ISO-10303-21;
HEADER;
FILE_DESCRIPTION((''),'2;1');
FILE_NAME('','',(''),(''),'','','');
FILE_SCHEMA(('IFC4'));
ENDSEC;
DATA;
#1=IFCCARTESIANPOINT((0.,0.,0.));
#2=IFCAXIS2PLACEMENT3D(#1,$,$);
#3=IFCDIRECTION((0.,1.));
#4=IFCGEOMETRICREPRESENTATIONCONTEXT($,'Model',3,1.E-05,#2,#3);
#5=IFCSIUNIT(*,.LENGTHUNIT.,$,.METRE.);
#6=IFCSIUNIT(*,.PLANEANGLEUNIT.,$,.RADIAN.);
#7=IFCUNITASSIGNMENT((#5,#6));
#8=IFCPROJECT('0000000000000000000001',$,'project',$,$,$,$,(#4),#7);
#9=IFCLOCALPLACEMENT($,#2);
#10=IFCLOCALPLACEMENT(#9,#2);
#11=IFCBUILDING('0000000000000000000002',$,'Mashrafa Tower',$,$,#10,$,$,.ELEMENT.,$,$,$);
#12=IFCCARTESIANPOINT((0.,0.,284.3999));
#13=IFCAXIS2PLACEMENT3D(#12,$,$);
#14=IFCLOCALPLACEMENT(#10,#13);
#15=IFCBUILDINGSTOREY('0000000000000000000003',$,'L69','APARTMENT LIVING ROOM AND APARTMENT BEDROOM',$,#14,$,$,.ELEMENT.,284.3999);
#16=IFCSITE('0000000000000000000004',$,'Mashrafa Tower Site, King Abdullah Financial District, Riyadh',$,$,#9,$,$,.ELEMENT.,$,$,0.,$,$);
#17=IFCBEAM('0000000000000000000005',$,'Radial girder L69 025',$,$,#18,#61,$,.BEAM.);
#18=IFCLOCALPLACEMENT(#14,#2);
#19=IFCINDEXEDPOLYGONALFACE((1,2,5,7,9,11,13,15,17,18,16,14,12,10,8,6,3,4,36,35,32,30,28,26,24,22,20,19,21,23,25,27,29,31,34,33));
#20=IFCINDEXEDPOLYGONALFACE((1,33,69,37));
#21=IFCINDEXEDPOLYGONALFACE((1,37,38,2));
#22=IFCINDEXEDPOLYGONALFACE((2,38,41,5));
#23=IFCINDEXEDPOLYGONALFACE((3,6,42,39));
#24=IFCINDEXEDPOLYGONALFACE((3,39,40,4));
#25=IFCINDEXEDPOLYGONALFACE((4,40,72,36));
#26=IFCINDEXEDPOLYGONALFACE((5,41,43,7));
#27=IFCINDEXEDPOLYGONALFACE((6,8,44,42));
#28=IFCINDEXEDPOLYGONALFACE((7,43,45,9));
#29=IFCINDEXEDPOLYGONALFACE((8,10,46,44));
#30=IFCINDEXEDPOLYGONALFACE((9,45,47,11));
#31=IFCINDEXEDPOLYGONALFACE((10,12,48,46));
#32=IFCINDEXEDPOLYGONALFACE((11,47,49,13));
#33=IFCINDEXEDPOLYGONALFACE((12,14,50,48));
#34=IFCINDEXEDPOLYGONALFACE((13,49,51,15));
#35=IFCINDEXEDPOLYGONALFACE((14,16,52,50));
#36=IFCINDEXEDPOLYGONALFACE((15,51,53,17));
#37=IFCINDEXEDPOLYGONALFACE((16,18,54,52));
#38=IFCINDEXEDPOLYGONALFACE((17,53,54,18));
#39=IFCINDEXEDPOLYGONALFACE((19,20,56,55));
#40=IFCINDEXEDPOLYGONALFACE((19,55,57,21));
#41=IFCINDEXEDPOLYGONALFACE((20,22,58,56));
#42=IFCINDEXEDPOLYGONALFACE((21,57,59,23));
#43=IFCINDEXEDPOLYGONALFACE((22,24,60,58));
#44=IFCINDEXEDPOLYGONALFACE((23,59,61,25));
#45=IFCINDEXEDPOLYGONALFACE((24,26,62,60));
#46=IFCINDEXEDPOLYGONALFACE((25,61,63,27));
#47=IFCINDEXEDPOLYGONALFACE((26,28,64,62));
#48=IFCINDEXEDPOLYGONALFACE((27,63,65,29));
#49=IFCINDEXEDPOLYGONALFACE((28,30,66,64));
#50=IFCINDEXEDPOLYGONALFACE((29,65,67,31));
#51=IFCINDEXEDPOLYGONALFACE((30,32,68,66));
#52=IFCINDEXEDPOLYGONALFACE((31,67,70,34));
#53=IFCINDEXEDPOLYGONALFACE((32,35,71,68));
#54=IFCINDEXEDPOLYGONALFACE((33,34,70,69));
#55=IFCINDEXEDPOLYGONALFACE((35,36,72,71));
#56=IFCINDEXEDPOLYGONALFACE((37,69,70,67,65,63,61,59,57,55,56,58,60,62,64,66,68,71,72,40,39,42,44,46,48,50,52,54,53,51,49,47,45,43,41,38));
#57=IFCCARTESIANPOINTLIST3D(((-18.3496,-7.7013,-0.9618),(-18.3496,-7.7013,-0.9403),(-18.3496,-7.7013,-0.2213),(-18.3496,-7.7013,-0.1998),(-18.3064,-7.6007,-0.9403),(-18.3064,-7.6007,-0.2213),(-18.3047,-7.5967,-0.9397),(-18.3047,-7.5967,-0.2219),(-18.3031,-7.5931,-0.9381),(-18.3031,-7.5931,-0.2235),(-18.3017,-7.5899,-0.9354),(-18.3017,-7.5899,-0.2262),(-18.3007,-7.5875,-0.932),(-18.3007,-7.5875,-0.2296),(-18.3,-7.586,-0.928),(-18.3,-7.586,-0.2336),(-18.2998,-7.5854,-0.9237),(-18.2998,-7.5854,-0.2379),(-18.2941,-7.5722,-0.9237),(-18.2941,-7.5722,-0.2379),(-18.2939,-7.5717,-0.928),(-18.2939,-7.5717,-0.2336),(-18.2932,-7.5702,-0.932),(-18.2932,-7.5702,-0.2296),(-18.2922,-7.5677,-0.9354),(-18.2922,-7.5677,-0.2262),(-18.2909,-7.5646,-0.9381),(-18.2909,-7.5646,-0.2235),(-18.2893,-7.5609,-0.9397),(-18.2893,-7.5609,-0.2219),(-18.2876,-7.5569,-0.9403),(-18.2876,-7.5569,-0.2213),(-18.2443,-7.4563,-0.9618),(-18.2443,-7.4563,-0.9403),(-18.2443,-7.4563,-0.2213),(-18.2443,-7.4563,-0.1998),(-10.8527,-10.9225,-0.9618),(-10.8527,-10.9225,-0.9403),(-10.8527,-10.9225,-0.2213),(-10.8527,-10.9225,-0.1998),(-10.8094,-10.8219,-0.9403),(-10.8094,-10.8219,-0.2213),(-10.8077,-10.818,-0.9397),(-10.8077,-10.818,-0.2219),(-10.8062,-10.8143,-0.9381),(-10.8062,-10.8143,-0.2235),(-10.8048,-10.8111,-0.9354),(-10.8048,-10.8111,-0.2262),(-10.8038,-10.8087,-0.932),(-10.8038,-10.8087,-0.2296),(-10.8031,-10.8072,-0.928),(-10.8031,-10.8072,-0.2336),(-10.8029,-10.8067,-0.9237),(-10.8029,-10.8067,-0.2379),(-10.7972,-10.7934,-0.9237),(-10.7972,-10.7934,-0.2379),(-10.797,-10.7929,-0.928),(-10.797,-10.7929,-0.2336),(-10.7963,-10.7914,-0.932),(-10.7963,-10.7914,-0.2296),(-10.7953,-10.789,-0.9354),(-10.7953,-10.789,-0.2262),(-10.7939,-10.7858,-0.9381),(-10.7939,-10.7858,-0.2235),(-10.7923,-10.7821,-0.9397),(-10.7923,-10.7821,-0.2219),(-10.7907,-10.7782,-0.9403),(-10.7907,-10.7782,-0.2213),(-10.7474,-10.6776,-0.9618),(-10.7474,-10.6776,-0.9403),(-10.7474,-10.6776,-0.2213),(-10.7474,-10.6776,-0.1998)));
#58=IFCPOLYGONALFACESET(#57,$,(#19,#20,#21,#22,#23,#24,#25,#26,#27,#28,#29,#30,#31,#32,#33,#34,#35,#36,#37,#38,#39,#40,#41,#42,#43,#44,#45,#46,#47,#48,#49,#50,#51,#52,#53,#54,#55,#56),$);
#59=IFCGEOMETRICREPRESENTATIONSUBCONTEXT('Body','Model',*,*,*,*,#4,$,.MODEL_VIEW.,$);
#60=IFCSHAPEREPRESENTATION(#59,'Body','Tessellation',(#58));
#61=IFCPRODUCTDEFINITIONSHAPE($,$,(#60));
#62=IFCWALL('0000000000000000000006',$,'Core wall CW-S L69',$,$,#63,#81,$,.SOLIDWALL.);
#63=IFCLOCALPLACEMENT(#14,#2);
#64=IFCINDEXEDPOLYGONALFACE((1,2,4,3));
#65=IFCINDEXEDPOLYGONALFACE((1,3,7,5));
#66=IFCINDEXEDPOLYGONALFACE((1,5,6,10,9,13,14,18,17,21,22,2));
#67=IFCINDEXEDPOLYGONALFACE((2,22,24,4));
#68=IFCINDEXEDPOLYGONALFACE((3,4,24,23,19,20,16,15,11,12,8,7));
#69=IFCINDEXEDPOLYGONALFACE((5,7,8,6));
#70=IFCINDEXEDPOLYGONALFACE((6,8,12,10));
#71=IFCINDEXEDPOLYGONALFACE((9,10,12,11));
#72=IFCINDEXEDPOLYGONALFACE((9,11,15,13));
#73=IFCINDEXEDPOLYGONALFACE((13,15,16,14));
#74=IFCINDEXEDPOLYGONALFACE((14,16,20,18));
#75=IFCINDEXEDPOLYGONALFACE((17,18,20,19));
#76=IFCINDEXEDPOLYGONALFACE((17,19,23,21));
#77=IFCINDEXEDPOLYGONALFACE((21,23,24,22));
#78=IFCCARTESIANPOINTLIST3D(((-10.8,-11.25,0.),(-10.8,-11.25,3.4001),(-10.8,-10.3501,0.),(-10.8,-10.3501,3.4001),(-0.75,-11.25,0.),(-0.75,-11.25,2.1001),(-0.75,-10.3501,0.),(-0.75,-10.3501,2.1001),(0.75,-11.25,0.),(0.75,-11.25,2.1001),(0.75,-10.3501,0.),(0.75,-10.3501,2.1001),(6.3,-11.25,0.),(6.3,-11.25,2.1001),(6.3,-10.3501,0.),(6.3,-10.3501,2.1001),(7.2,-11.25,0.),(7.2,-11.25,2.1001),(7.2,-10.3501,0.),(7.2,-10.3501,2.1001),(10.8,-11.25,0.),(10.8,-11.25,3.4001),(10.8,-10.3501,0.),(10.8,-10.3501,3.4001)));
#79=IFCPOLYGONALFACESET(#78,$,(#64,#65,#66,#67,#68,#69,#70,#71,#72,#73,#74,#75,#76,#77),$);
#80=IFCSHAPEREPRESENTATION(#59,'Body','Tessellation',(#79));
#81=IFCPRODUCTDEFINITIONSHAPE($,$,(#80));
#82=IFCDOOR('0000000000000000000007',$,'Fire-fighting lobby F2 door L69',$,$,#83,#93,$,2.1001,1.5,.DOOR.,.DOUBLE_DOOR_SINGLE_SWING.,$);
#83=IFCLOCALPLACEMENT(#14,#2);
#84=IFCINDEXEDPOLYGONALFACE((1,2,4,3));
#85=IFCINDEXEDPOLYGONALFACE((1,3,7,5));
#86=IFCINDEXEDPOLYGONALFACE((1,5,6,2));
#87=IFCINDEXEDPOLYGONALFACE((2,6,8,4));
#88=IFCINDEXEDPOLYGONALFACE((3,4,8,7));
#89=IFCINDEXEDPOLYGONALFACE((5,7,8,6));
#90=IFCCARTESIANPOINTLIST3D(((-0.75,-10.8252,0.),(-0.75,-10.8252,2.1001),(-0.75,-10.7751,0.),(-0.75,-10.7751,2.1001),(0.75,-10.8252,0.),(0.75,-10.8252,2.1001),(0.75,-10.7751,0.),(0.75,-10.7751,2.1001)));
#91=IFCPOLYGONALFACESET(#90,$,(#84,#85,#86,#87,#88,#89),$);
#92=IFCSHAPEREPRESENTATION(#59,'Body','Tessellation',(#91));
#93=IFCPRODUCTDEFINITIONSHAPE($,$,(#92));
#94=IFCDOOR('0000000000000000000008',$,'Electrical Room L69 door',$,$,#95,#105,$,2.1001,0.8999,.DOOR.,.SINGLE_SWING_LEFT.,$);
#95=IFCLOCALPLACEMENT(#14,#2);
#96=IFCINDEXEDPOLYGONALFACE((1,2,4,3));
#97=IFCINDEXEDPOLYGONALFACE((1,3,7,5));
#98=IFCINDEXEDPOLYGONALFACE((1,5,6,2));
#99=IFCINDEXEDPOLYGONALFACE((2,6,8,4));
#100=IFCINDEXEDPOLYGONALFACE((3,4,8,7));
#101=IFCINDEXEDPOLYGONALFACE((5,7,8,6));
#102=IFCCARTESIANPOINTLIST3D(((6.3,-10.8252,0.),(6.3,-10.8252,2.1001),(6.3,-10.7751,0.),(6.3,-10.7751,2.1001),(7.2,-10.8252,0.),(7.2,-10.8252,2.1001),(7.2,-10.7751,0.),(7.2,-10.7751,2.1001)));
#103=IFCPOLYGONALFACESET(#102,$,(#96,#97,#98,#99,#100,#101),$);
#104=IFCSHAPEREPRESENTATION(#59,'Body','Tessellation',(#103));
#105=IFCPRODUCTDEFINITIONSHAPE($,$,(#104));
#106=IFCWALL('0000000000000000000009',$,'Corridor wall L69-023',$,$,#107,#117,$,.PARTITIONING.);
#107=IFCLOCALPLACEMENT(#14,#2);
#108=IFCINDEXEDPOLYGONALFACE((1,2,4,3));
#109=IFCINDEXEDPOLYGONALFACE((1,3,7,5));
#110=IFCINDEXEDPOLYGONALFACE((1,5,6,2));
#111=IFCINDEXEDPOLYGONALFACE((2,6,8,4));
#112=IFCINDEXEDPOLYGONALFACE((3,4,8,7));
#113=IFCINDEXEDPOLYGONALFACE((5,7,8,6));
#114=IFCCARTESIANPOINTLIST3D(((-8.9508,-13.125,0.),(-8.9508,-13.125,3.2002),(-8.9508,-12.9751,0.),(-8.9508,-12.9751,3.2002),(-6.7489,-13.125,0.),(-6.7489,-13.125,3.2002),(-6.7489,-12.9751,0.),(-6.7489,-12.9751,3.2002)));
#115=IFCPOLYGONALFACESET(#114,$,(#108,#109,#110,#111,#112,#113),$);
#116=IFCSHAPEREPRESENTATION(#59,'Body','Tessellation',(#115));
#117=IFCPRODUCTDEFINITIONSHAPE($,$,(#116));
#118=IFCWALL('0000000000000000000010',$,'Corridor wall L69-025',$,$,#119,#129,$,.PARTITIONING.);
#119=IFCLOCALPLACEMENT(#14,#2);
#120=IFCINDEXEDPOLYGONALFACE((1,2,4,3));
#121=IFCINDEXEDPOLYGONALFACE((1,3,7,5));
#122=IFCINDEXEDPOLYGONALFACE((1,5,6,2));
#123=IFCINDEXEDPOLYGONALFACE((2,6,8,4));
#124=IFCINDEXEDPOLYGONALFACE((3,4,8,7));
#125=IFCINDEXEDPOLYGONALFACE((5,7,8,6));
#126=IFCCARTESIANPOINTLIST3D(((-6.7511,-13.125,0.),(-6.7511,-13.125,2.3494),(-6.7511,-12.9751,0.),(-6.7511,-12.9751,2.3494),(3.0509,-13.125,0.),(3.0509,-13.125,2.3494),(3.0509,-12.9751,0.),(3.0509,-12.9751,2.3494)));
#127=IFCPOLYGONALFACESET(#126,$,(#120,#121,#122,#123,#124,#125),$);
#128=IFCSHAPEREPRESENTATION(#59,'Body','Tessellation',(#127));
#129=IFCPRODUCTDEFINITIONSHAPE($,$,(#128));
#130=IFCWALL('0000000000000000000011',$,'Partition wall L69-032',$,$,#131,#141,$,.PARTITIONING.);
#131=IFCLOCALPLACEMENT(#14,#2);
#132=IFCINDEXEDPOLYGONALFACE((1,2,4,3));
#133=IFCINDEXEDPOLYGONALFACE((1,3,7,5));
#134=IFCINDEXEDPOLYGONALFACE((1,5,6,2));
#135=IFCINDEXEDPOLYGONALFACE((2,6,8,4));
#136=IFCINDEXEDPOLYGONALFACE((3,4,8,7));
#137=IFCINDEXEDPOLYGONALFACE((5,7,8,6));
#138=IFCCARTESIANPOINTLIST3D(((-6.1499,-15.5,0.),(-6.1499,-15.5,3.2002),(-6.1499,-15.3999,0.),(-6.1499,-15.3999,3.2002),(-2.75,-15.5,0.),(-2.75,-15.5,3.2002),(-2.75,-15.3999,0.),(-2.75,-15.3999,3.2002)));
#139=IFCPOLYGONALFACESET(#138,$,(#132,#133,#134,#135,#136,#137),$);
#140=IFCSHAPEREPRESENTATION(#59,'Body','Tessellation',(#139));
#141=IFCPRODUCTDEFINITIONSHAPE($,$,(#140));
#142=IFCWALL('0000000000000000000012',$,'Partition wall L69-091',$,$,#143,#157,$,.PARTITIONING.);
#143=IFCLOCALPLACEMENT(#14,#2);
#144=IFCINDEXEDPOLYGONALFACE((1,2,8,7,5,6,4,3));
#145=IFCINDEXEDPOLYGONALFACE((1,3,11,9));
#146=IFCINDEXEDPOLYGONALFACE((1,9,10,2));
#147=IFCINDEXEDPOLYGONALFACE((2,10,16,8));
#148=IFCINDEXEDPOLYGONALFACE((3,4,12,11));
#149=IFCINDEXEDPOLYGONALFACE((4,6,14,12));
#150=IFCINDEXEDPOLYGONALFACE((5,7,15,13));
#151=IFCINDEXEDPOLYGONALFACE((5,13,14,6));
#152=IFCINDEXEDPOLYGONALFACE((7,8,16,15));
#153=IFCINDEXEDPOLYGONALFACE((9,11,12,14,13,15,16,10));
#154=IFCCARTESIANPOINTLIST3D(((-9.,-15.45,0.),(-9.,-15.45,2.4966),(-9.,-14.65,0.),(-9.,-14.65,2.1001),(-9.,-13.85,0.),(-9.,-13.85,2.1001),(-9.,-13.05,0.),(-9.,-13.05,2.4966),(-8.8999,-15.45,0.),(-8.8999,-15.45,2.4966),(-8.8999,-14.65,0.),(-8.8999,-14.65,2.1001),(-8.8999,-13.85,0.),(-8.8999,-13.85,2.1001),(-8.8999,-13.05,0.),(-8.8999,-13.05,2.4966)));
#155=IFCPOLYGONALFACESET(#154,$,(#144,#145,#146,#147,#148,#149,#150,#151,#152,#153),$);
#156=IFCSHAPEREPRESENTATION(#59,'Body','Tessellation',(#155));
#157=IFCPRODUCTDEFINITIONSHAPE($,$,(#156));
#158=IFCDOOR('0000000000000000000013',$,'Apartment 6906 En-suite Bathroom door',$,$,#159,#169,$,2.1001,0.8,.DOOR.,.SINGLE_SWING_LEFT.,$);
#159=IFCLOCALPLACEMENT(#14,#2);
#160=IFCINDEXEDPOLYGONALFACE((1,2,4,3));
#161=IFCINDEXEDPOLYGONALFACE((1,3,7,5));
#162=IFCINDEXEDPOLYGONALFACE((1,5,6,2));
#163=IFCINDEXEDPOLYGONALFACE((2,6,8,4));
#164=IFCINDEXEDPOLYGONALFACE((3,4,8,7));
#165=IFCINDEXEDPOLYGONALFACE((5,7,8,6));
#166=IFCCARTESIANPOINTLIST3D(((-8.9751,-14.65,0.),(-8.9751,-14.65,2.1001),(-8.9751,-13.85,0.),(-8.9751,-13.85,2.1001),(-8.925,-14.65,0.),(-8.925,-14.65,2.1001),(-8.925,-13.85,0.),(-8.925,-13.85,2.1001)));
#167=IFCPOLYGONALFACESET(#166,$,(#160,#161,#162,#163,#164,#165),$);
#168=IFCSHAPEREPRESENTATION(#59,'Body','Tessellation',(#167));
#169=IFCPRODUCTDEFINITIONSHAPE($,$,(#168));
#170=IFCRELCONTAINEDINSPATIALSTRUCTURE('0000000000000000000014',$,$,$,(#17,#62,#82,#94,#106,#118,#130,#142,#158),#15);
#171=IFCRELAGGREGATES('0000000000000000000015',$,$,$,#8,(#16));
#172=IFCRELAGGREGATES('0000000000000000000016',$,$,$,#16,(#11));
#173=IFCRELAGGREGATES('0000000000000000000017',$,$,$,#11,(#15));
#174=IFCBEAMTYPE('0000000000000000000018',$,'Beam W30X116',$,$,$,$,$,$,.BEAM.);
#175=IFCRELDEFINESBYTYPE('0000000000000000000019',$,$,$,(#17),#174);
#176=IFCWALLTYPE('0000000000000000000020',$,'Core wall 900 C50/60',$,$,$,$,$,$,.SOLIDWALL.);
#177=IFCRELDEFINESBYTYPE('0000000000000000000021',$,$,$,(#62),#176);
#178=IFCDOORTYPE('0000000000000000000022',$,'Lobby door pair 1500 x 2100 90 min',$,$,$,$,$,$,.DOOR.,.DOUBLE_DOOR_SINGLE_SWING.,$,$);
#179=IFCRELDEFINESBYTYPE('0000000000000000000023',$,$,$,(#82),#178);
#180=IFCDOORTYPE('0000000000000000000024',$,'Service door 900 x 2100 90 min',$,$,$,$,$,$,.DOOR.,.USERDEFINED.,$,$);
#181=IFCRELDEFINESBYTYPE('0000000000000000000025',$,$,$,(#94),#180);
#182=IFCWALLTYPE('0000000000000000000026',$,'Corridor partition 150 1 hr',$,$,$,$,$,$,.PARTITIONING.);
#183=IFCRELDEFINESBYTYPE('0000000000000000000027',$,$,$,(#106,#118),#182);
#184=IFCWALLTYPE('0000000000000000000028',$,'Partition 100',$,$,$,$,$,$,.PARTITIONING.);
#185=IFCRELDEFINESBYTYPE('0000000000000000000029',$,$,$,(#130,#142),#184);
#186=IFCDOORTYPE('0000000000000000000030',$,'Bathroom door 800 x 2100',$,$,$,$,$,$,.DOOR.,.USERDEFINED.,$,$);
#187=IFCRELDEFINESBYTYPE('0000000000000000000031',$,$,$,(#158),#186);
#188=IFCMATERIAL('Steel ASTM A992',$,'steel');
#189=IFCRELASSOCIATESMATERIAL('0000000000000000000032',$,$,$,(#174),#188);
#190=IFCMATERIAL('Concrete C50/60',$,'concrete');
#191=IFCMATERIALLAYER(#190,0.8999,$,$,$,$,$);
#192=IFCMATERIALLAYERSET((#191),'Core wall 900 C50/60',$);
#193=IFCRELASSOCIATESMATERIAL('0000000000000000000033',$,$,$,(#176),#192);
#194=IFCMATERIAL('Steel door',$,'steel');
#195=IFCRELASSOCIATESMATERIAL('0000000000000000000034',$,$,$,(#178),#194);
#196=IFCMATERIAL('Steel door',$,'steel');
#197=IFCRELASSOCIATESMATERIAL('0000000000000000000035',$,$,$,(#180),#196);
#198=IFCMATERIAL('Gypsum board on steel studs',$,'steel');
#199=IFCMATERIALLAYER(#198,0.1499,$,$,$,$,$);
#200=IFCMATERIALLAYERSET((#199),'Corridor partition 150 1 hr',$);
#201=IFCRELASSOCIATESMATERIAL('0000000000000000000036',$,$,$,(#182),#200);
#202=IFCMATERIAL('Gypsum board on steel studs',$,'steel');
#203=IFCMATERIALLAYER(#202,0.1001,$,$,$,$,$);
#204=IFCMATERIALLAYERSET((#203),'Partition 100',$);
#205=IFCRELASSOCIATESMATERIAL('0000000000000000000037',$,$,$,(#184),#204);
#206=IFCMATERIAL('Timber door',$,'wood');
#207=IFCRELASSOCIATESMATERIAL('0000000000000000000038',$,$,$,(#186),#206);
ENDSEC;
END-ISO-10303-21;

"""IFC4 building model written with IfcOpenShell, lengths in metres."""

from ifc_helpers import new_model, si_unit, direction, frame, frame_2d, origin, origin_2d, place, context, subcontext, project, spatial, rectangle, i_section, extrude, material, layer, layer_set, material_profile, profile_set, type_object, element, fill, save


model = new_model("IFC4")

# Units and contexts
model_context = context("Model", 3, precision=1e-05, world=origin(), true_north=direction((0.0, 1.0)))
body_context = subcontext(model_context, "Body", "Model", "MODEL_VIEW")
ifc_project = project(units=[si_unit("LENGTHUNIT", "METRE"), si_unit("PLANEANGLEUNIT", "RADIAN")], contexts=[model_context])

# Site, building, storey
site_placement = place(None, origin())
site = spatial("IfcSite", under=ifc_project, at=site_placement, Name="Mashrafa Tower Site, King Abdullah Financial District, Riyadh", CompositionType="ELEMENT", RefElevation=0.0)
building_placement = place(site_placement, origin())
building = spatial("IfcBuilding", under=site, at=building_placement, Name="Mashrafa Tower", CompositionType="ELEMENT")
storey_placement = place(building_placement, frame((0.0, 0.0, 284.3999)))
storey = spatial("IfcBuildingStorey", under=building, at=storey_placement, Name="L69", Description="APARTMENT LIVING ROOM AND APARTMENT BEDROOM", CompositionType="ELEMENT", Elevation=284.3999)

# Beam
ifc_material_1 = material(Name="Steel ASTM A992", Category="steel")
ifc_material_profile_1 = material_profile(ifc_material_1, i_section(OverallWidth=0.2666, OverallDepth=0.762, WebThickness=0.0144, FlangeThickness=0.0215, FilletRadius=0.0166, at=origin_2d()), Name="W30X116")
ifc_profile_set_1 = profile_set([ifc_material_profile_1], Name="Steel ASTM A992")
beam_type_1 = type_object("IfcBeamType", Name="Beam W30X116", PredefinedType="BEAM", material=ifc_profile_set_1)
beam_1_placement = place(storey_placement, frame((-10.8, -10.8, -0.5808), z_axis=(-0.918778, 0.394775, 0.0), x_axis=(-0.394775, -0.918778, 0.0)))
element("IfcBeam", 1, at=beam_1_placement, inside=storey, type_object=beam_type_1, Name="Radial girder L69 025", PredefinedType="BEAM", context=body_context, shape_type="SweptSolid", body=[
    extrude(i_section(OverallWidth=0.2666, OverallDepth=0.762, WebThickness=0.0144, FlangeThickness=0.0215, FilletRadius=0.0166, at=origin_2d()), origin(), (0.0, 0.0, 1.0), 8.1597),
])

# Wall, openings, doors
ifc_material_2 = material(Name="Concrete C50/60", Category="concrete")
ifc_layer_1 = layer(ifc_material_2, 0.8999)
ifc_layer_set_1 = layer_set([ifc_layer_1], Name="Core wall 900 C50/60")
wall_type_1 = type_object("IfcWallType", Name="Core wall 900 C50/60", PredefinedType="SOLIDWALL", material=ifc_layer_set_1)
wall_1_placement = place(storey_placement, frame((-10.8, -10.8, 0.0), z_axis=(0.0, 0.0, 1.0), x_axis=(1.0, 0.0, 0.0)))
wall_1 = element("IfcWall", 2, at=wall_1_placement, inside=storey, type_object=wall_type_1, Name="Core wall CW-S L69", PredefinedType="SOLIDWALL", context=body_context, shape_type="SweptSolid", body=[
    extrude(rectangle(XDim=21.6001, YDim=0.8999, at=frame_2d((10.8, 0.0))), origin(), (0.0, 0.0, 1.0), 3.4001),
])
opening_1_placement = place(wall_1_placement, frame((10.05, 0.0, 0.0)))
opening_1 = element("IfcOpeningElement", 3, at=opening_1_placement, cuts=wall_1, PredefinedType="OPENING", context=body_context, shape_type="SweptSolid", body=[
    extrude(rectangle(XDim=1.5, YDim=2.1001, at=frame_2d((0.75, 1.05))), frame((0.0, 0.46, 0.0), z_axis=(0.0, -1.0, 0.0), x_axis=(1.0, 0.0, 0.0)), (0.0, 0.0, 1.0), 0.9199),
])
opening_2_placement = place(wall_1_placement, frame((17.1001, 0.0, 0.0)))
opening_2 = element("IfcOpeningElement", 4, at=opening_2_placement, cuts=wall_1, PredefinedType="OPENING", context=body_context, shape_type="SweptSolid", body=[
    extrude(rectangle(XDim=0.8999, YDim=2.1001, at=frame_2d((0.45, 1.05))), frame((0.0, 0.46, 0.0), z_axis=(0.0, -1.0, 0.0), x_axis=(1.0, 0.0, 0.0)), (0.0, 0.0, 1.0), 0.9199),
])
ifc_material_3 = material(Name="Steel door", Category="steel")
door_type_1 = type_object("IfcDoorType", Name="Lobby door pair 1500 x 2100 90 min", OperationType="DOUBLE_DOOR_SINGLE_SWING", PredefinedType="DOOR", material=ifc_material_3)
door_1_placement = place(opening_1_placement, origin())
door_1 = element("IfcDoor", 5, at=door_1_placement, inside=storey, type_object=door_type_1, Name="Fire-fighting lobby F2 door L69", OperationType="DOUBLE_DOOR_SINGLE_SWING", OverallHeight=2.1001, OverallWidth=1.5, PredefinedType="DOOR", context=body_context, shape_type="SweptSolid", body=[
    extrude(rectangle(XDim=1.5, YDim=2.1001, at=frame_2d((0.75, 1.05))), frame((0.0, 0.0249, 0.0), z_axis=(0.0, -1.0, 0.0), x_axis=(1.0, 0.0, 0.0)), (0.0, 0.0, 1.0), 0.05),
])
fill(opening_1, door_1)
ifc_material_4 = material(Name="Steel door", Category="steel")
door_type_2 = type_object("IfcDoorType", Name="Service door 900 x 2100 90 min", OperationType="USERDEFINED", PredefinedType="DOOR", material=ifc_material_4)
door_2_placement = place(opening_2_placement, origin())
door_2 = element("IfcDoor", 6, at=door_2_placement, inside=storey, type_object=door_type_2, Name="Electrical Room L69 door", OperationType="SINGLE_SWING_LEFT", OverallHeight=2.1001, OverallWidth=0.8999, PredefinedType="DOOR", context=body_context, shape_type="SweptSolid", body=[
    extrude(rectangle(XDim=0.8999, YDim=2.1001, at=frame_2d((0.45, 1.05))), frame((0.0, 0.0249, 0.0), z_axis=(0.0, -1.0, 0.0), x_axis=(1.0, 0.0, 0.0)), (0.0, 0.0, 1.0), 0.05),
])
fill(opening_2, door_2)

# Walls
ifc_material_5 = material(Name="Gypsum board on steel studs", Category="steel")
ifc_layer_2 = layer(ifc_material_5, 0.1499)
ifc_layer_set_2 = layer_set([ifc_layer_2], Name="Corridor partition 150 1 hr")
wall_type_2 = type_object("IfcWallType", Name="Corridor partition 150 1 hr", PredefinedType="PARTITIONING", material=ifc_layer_set_2)
wall_2_placement = place(storey_placement, frame((-8.9509, -13.05, 0.0), z_axis=(0.0, 0.0, 1.0), x_axis=(1.0, 0.0, 0.0)))
element("IfcWall", 7, at=wall_2_placement, inside=storey, type_object=wall_type_2, Name="Corridor wall L69-023", PredefinedType="PARTITIONING", context=body_context, shape_type="SweptSolid", body=[
    extrude(rectangle(XDim=2.2019, YDim=0.1499, at=frame_2d((1.1011, 0.0))), origin(), (0.0, 0.0, 1.0), 3.2002),
])
wall_3_placement = place(storey_placement, frame((-6.751, -13.05, 0.0), z_axis=(0.0, 0.0, 1.0), x_axis=(1.0, 0.0, 0.0)))
element("IfcWall", 8, at=wall_3_placement, inside=storey, type_object=wall_type_2, Name="Corridor wall L69-025", PredefinedType="PARTITIONING", context=body_context, shape_type="SweptSolid", body=[
    extrude(rectangle(XDim=9.802, YDim=0.1499, at=frame_2d((4.9009, 0.0))), origin(), (0.0, 0.0, 1.0), 2.3494),
])
ifc_material_6 = material(Name="Gypsum board on steel studs", Category="steel")
ifc_layer_3 = layer(ifc_material_6, 0.1001)
ifc_layer_set_3 = layer_set([ifc_layer_3], Name="Partition 100")
wall_type_3 = type_object("IfcWallType", Name="Partition 100", PredefinedType="PARTITIONING", material=ifc_layer_set_3)
wall_4_placement = place(storey_placement, frame((-2.75, -15.45, 0.0), z_axis=(0.0, 0.0, 1.0), x_axis=(-1.0, 0.0, 0.0)))
element("IfcWall", 9, at=wall_4_placement, inside=storey, type_object=wall_type_3, Name="Partition wall L69-032", PredefinedType="PARTITIONING", context=body_context, shape_type="SweptSolid", body=[
    extrude(rectangle(XDim=3.3999, YDim=0.1001, at=frame_2d((1.7, 0.0))), origin(), (0.0, 0.0, 1.0), 3.2002),
])

# Wall, opening, door
wall_5_placement = place(storey_placement, frame((-8.95, -13.05, 0.0), z_axis=(0.0, 0.0, 1.0), x_axis=(0.0, -1.0, 0.0)))
wall_5 = element("IfcWall", 10, at=wall_5_placement, inside=storey, type_object=wall_type_3, Name="Partition wall L69-091", PredefinedType="PARTITIONING", context=body_context, shape_type="SweptSolid", body=[
    extrude(rectangle(XDim=2.3999, YDim=0.1001, at=frame_2d((1.2, 0.0))), origin(), (0.0, 0.0, 1.0), 2.4966),
])
opening_3_placement = place(wall_5_placement, frame((0.8, 0.0, 0.0)))
opening_3 = element("IfcOpeningElement", 11, at=opening_3_placement, cuts=wall_5, PredefinedType="OPENING", context=body_context, shape_type="SweptSolid", body=[
    extrude(rectangle(XDim=0.8, YDim=2.1001, at=frame_2d((0.3999, 1.05))), frame((0.0, 0.0601, 0.0), z_axis=(0.0, -1.0, 0.0), x_axis=(1.0, 0.0, 0.0)), (0.0, 0.0, 1.0), 0.1201),
])
ifc_material_7 = material(Name="Timber door", Category="wood")
door_type_3 = type_object("IfcDoorType", Name="Bathroom door 800 x 2100", OperationType="USERDEFINED", PredefinedType="DOOR", material=ifc_material_7)
door_3_placement = place(opening_3_placement, origin())
door_3 = element("IfcDoor", 12, at=door_3_placement, inside=storey, type_object=door_type_3, Name="Apartment 6906 En-suite Bathroom door", OperationType="SINGLE_SWING_LEFT", OverallHeight=2.1001, OverallWidth=0.8, PredefinedType="DOOR", context=body_context, shape_type="SweptSolid", body=[
    extrude(rectangle(XDim=0.8, YDim=2.1001, at=frame_2d((0.3999, 1.05))), frame((0.0, 0.0249, 0.0), z_axis=(0.0, -1.0, 0.0), x_axis=(1.0, 0.0, 0.0)), (0.0, 0.0, 1.0), 0.05),
])
fill(opening_3, door_3)

save(model, "model.ifc")
